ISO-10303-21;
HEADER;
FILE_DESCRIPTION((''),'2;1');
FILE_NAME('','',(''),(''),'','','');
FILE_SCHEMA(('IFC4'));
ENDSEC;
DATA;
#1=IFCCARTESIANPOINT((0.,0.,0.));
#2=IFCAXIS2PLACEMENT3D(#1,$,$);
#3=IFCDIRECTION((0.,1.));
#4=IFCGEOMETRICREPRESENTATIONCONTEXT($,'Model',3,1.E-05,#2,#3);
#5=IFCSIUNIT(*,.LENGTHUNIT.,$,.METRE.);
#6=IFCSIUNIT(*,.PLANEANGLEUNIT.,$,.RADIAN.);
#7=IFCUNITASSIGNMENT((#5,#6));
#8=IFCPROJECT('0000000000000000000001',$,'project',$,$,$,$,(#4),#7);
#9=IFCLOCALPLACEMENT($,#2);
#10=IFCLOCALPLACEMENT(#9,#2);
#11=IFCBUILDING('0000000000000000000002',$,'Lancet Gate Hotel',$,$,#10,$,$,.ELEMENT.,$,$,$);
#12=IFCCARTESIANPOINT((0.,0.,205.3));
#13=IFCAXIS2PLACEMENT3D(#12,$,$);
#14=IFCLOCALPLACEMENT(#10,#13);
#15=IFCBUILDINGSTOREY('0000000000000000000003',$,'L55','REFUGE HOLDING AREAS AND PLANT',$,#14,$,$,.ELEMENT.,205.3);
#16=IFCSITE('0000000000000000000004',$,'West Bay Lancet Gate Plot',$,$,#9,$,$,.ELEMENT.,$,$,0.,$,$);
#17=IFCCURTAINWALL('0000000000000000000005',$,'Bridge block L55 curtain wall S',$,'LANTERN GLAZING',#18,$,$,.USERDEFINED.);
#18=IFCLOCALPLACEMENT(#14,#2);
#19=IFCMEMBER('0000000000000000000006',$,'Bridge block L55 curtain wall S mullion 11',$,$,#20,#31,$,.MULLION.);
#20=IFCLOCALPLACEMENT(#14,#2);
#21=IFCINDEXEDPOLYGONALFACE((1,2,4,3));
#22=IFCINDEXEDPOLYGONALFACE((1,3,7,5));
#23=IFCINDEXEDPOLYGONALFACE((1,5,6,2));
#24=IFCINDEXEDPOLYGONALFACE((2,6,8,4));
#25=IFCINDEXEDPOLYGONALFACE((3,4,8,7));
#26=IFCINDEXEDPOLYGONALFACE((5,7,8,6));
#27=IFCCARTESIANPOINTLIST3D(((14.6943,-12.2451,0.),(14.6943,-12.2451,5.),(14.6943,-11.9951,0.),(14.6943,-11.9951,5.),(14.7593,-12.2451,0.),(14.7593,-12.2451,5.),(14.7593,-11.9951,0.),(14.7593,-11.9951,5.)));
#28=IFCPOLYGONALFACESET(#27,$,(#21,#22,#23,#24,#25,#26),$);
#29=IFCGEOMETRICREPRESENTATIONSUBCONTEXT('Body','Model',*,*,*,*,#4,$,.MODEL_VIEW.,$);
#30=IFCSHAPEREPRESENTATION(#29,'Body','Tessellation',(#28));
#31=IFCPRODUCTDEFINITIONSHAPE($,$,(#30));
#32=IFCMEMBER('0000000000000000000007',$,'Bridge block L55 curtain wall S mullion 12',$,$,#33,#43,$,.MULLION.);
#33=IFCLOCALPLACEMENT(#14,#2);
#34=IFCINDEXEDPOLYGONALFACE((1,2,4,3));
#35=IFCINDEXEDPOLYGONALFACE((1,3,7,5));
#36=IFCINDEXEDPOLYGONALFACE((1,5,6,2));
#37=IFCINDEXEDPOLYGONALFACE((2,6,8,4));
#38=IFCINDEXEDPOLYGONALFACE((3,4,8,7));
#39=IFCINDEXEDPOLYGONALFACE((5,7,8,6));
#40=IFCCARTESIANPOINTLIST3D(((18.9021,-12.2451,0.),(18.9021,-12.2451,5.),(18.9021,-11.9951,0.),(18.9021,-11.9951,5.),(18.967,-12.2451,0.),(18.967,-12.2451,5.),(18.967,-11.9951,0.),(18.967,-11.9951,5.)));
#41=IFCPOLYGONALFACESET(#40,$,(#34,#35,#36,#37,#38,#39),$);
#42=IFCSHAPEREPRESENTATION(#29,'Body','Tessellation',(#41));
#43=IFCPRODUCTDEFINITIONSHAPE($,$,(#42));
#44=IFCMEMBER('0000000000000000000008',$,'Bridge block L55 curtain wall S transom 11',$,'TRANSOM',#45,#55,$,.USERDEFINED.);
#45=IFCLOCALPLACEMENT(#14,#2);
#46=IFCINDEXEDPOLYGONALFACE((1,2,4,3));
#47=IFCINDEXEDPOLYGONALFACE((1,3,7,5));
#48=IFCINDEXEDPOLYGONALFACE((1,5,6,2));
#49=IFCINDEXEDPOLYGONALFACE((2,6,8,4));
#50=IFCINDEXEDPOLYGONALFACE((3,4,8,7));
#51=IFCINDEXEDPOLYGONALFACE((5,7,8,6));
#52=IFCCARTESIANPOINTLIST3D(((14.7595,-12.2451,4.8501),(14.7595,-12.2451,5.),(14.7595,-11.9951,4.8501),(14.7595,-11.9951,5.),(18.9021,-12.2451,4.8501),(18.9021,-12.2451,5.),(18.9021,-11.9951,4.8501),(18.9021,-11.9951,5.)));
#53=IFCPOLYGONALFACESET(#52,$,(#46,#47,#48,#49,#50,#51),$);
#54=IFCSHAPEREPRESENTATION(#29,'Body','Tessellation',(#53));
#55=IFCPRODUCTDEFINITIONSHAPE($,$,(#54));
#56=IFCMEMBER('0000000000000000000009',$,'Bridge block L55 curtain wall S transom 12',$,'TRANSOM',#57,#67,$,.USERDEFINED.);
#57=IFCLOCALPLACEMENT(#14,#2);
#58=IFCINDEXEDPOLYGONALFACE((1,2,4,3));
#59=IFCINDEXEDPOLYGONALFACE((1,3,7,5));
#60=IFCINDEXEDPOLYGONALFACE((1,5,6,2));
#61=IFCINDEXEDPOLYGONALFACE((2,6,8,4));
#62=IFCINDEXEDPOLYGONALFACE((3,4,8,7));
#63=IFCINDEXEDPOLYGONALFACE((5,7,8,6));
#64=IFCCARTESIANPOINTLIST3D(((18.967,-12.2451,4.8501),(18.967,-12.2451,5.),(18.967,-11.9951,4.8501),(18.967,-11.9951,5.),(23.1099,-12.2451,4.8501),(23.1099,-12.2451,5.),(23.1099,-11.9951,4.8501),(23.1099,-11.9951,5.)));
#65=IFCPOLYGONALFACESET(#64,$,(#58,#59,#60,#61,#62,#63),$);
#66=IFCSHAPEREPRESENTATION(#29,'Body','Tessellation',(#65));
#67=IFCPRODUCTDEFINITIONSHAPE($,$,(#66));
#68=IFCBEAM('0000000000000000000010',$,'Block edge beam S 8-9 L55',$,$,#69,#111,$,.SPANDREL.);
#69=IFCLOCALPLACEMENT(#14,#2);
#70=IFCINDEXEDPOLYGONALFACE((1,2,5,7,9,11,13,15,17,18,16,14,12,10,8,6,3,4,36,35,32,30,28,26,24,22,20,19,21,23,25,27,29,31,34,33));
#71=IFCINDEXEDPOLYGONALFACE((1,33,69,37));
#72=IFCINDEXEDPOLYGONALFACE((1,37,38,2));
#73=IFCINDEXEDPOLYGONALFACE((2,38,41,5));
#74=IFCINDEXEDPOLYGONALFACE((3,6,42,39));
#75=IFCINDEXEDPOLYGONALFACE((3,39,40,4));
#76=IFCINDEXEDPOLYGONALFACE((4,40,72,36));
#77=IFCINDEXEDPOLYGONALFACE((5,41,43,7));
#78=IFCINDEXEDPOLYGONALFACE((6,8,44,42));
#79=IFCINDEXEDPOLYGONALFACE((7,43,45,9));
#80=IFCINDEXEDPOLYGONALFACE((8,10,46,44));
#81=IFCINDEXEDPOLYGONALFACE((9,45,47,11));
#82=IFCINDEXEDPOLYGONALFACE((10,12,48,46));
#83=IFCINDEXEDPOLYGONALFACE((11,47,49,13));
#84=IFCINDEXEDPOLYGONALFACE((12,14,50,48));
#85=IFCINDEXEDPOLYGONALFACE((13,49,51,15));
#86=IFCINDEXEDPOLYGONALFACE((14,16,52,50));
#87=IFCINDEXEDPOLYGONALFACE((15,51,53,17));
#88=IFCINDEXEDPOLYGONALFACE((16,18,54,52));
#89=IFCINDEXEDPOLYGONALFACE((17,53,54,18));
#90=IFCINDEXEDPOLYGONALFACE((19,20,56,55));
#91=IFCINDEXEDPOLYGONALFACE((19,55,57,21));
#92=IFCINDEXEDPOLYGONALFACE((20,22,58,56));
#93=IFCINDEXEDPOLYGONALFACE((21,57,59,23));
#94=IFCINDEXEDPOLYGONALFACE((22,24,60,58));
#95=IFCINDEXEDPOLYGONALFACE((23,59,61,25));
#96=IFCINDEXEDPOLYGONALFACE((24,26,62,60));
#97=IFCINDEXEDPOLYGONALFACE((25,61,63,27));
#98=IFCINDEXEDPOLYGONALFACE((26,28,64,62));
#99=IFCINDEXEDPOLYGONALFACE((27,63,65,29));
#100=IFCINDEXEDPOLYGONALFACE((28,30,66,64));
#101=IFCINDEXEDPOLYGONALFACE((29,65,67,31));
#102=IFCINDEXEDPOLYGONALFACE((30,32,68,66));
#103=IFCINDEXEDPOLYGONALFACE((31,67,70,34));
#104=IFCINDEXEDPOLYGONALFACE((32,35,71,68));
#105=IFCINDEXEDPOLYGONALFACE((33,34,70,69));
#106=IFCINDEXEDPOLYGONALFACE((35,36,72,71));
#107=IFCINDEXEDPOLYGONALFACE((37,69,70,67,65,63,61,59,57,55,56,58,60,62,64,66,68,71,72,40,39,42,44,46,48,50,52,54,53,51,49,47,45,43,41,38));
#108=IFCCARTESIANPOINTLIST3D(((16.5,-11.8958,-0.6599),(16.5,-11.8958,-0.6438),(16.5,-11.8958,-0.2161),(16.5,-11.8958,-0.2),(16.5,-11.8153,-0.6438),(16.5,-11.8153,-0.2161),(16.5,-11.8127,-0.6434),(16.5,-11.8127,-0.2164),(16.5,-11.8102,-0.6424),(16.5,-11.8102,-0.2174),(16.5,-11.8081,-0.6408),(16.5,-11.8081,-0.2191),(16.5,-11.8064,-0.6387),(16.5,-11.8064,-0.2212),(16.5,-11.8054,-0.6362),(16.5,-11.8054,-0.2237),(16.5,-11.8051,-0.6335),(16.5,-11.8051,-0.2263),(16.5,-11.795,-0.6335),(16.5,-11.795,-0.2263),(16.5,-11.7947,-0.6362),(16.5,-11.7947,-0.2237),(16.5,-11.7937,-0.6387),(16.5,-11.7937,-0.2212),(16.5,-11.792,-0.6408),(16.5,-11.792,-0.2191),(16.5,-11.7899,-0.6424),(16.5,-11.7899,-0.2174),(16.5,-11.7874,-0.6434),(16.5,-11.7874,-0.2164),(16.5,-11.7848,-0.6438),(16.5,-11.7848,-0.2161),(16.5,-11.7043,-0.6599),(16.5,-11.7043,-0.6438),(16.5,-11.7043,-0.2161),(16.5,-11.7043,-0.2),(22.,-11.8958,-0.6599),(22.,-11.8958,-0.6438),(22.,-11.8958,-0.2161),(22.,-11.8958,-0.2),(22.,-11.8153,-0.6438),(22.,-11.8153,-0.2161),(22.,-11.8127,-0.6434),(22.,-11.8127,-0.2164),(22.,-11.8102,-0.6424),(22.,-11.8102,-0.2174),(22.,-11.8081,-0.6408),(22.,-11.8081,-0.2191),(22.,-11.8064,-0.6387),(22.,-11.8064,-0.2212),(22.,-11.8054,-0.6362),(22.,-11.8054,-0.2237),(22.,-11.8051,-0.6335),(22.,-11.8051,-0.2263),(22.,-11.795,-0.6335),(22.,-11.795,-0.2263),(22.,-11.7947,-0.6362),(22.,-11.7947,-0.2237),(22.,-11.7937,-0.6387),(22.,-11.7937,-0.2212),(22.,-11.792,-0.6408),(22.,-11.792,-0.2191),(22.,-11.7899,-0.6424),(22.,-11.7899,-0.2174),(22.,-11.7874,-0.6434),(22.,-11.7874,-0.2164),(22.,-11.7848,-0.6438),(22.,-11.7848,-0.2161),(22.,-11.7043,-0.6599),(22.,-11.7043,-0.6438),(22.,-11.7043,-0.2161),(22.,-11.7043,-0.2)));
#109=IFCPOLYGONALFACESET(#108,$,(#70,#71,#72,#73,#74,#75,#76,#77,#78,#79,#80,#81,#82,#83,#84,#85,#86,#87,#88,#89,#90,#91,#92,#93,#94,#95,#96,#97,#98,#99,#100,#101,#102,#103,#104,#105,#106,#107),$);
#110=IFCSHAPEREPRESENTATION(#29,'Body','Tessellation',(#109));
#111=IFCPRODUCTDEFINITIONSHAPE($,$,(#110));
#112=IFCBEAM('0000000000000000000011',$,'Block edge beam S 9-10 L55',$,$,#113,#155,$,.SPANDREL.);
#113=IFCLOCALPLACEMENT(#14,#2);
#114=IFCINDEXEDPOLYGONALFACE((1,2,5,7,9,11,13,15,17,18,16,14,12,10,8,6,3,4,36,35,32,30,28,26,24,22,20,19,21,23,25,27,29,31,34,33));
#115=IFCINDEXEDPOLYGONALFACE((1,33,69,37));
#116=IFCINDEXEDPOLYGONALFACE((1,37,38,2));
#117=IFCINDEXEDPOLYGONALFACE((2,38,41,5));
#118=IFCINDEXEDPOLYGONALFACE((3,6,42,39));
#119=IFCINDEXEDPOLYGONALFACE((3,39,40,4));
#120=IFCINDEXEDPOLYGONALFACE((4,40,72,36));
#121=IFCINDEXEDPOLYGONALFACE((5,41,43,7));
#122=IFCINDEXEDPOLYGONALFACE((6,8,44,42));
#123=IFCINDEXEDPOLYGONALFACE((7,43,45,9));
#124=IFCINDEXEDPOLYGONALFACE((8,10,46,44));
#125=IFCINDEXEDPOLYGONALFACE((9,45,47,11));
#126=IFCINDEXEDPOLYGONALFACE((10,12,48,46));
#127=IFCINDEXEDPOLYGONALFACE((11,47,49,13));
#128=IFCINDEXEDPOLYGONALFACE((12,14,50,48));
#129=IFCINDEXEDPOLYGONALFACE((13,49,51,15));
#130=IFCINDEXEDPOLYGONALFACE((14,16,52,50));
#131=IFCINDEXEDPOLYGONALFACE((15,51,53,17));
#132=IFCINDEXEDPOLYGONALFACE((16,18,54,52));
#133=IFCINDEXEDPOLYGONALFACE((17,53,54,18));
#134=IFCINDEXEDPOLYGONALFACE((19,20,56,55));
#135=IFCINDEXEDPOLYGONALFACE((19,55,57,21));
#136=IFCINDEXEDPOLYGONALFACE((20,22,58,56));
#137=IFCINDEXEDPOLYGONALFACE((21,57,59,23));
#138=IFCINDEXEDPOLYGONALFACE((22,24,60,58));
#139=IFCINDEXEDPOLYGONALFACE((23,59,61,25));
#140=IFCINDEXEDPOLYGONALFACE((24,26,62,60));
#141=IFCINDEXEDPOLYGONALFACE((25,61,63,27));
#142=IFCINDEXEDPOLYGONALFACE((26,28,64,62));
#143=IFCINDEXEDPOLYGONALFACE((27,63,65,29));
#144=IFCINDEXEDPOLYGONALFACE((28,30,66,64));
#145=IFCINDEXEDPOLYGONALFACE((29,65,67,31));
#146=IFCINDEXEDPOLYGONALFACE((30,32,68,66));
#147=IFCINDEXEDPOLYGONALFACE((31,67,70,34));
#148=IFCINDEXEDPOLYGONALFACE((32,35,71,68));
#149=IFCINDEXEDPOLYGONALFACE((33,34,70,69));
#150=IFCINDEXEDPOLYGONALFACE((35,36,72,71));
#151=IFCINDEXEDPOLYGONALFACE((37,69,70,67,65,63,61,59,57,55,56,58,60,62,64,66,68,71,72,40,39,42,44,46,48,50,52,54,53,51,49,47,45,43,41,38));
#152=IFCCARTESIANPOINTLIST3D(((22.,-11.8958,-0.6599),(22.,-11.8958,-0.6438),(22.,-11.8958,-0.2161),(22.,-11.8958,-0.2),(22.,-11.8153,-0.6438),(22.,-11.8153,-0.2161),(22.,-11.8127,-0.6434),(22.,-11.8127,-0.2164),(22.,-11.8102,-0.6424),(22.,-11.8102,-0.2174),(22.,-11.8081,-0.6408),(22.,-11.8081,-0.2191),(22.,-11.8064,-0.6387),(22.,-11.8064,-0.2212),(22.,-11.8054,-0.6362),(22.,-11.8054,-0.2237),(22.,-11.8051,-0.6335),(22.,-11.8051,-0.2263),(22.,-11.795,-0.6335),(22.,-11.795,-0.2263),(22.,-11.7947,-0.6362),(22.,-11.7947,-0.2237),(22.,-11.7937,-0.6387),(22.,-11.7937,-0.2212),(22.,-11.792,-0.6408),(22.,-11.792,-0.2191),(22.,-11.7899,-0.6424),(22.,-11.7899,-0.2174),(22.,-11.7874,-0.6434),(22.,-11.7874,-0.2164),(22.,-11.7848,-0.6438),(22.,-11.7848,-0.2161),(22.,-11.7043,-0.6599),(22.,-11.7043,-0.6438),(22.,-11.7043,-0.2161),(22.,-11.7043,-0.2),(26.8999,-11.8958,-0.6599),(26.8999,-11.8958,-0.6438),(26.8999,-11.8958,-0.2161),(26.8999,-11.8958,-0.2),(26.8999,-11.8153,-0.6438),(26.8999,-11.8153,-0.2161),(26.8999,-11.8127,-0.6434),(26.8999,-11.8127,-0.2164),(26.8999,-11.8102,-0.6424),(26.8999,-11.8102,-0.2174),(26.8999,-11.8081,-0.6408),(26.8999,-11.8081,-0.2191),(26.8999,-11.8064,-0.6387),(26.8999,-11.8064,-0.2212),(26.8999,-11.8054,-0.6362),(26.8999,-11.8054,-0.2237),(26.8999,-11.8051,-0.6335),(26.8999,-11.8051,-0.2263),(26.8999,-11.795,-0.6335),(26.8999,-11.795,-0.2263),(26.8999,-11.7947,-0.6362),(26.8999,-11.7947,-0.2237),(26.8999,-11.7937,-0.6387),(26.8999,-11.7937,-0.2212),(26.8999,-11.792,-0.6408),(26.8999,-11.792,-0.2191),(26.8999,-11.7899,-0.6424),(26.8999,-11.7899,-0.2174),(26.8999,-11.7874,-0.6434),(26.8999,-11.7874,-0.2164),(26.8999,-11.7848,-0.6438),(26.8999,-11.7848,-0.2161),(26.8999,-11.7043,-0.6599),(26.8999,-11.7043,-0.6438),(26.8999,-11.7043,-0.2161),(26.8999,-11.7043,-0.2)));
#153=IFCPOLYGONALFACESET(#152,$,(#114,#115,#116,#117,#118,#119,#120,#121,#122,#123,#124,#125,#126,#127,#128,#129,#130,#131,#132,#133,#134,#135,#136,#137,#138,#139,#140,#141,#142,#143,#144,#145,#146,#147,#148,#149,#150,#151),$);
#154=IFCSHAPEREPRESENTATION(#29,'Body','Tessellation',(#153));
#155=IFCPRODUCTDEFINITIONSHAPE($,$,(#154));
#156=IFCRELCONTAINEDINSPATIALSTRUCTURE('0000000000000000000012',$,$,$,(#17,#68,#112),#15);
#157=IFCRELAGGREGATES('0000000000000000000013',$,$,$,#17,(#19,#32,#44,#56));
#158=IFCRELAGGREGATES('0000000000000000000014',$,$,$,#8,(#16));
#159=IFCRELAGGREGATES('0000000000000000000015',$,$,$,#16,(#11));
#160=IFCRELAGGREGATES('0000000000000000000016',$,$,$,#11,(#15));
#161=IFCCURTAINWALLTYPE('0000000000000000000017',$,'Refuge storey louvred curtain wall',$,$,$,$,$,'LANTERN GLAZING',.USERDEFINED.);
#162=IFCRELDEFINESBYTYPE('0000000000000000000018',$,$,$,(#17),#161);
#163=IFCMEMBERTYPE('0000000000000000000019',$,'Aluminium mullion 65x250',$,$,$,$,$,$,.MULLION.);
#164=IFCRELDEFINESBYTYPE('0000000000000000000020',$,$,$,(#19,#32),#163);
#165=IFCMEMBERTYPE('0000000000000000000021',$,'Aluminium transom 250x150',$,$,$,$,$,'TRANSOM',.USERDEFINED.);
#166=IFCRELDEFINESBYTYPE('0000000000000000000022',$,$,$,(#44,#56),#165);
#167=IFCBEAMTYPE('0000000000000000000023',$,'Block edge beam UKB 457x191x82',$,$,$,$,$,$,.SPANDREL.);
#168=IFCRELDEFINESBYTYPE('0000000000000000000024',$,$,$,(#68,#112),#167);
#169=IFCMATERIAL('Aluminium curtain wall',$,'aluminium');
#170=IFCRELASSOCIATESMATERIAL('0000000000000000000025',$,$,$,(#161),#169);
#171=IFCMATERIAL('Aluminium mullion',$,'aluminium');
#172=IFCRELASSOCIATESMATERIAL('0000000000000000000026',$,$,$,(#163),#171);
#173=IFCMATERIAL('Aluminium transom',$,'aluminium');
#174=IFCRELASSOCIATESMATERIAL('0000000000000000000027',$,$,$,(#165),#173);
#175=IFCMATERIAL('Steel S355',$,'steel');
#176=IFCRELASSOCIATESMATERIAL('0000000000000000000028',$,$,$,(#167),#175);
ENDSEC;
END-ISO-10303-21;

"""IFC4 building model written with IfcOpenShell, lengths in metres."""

from ifc_helpers import new_model, si_unit, direction, frame, origin, origin_2d, place, context, subcontext, project, spatial, rectangle, i_section, extrude, material, material_profile, profile_set, type_object, element, aggregate, save


model = new_model("IFC4")

# Units and contexts
model_context = context("Model", 3, precision=1e-05, world=origin(), true_north=direction((0.0, 1.0)))
body_context = subcontext(model_context, "Body", "Model", "MODEL_VIEW")
ifc_project = project(units=[si_unit("LENGTHUNIT", "METRE"), si_unit("PLANEANGLEUNIT", "RADIAN")], contexts=[model_context])

# Site, building, storey
site_placement = place(None, origin())
site = spatial("IfcSite", under=ifc_project, at=site_placement, Name="West Bay Lancet Gate Plot", CompositionType="ELEMENT", RefElevation=0.0)
building_placement = place(site_placement, origin())
building = spatial("IfcBuilding", under=site, at=building_placement, Name="Lancet Gate Hotel", CompositionType="ELEMENT")
storey_placement = place(building_placement, frame((0.0, 0.0, 205.3)))
storey = spatial("IfcBuildingStorey", under=building, at=storey_placement, Name="L55", Description="REFUGE HOLDING AREAS AND PLANT", CompositionType="ELEMENT", Elevation=205.3)

# Curtain wall, members
ifc_material_1 = material(Name="Aluminium curtain wall", Category="aluminium")
curtain_wall_type = type_object("IfcCurtainWallType", Name="Refuge storey louvred curtain wall", ElementType="LANTERN GLAZING", PredefinedType="USERDEFINED", material=ifc_material_1)
curtain_wall_placement = place(storey_placement, origin())
curtain_wall = element("IfcCurtainWall", 1, at=curtain_wall_placement, inside=storey, type_object=curtain_wall_type, Name="Bridge block L55 curtain wall S", ObjectType="LANTERN GLAZING", PredefinedType="USERDEFINED")
ifc_material_2 = material(Name="Aluminium mullion", Category="aluminium")
ifc_material_profile_1 = material_profile(ifc_material_2, rectangle(XDim=0.0649, YDim=0.25, at=origin_2d()), Name="MULLION 65x250")
ifc_profile_set_1 = profile_set([ifc_material_profile_1], Name="Aluminium mullion")
member_type_1 = type_object("IfcMemberType", Name="Aluminium mullion 65x250", PredefinedType="MULLION", material=ifc_profile_set_1)
member_1_placement = place(storey_placement, frame((14.7268, -12.1201, 0.0), z_axis=(0.0, 0.0, 1.0), x_axis=(1.0, 0.0, 0.0)))
member_1 = element("IfcMember", 2, at=member_1_placement, type_object=member_type_1, Name="Bridge block L55 curtain wall S mullion 11", PredefinedType="MULLION", context=body_context, shape_type="SweptSolid", body=[
    extrude(rectangle(XDim=0.0649, YDim=0.25, at=origin_2d()), origin(), (0.0, 0.0, 1.0), 5.0),
])
member_2_placement = place(storey_placement, frame((18.9346, -12.1201, 0.0), z_axis=(0.0, 0.0, 1.0), x_axis=(1.0, 0.0, 0.0)))
member_2 = element("IfcMember", 3, at=member_2_placement, type_object=member_type_1, Name="Bridge block L55 curtain wall S mullion 12", PredefinedType="MULLION", context=body_context, shape_type="SweptSolid", body=[
    extrude(rectangle(XDim=0.0649, YDim=0.25, at=origin_2d()), origin(), (0.0, 0.0, 1.0), 5.0),
])
ifc_material_3 = material(Name="Aluminium transom", Category="aluminium")
ifc_material_profile_2 = material_profile(ifc_material_3, rectangle(XDim=0.25, YDim=0.1499, at=origin_2d()), Name="TRANSOM 250x150")
ifc_profile_set_2 = profile_set([ifc_material_profile_2], Name="Aluminium transom")
member_type_2 = type_object("IfcMemberType", Name="Aluminium transom 250x150", ElementType="TRANSOM", PredefinedType="USERDEFINED", material=ifc_profile_set_2)
member_3_placement = place(storey_placement, frame((14.7595, -12.1201, 4.925), z_axis=(1.0, 0.0, 0.0), x_axis=(0.0, 1.0, 0.0)))
member_3 = element("IfcMember", 4, at=member_3_placement, type_object=member_type_2, Name="Bridge block L55 curtain wall S transom 11", ObjectType="TRANSOM", PredefinedType="USERDEFINED", context=body_context, shape_type="SweptSolid", body=[
    extrude(rectangle(XDim=0.25, YDim=0.1499, at=origin_2d()), origin(), (0.0, 0.0, 1.0), 4.1426),
])
member_4_placement = place(storey_placement, frame((18.967, -12.1201, 4.925), z_axis=(1.0, 0.0, 0.0), x_axis=(0.0, 1.0, 0.0)))
member_4 = element("IfcMember", 5, at=member_4_placement, type_object=member_type_2, Name="Bridge block L55 curtain wall S transom 12", ObjectType="TRANSOM", PredefinedType="USERDEFINED", context=body_context, shape_type="SweptSolid", body=[
    extrude(rectangle(XDim=0.25, YDim=0.1499, at=origin_2d()), origin(), (0.0, 0.0, 1.0), 4.1428),
])

# Beams
ifc_material_4 = material(Name="Steel S355", Category="steel")
ifc_material_profile_3 = material_profile(ifc_material_4, i_section(OverallWidth=0.1914, OverallDepth=0.46, WebThickness=0.01, FlangeThickness=0.0161, FilletRadius=0.0103, at=origin_2d()), Name="UKB 457x191x82")
ifc_profile_set_3 = profile_set([ifc_material_profile_3], Name="Steel S355")
beam_type_1 = type_object("IfcBeamType", Name="Block edge beam UKB 457x191x82", PredefinedType="SPANDREL", material=ifc_profile_set_3)
beam_1_placement = place(storey_placement, frame((16.5, -11.8, -0.4299), z_axis=(1.0, 0.0, 0.0), x_axis=(0.0, 1.0, 0.0)))
element("IfcBeam", 6, at=beam_1_placement, inside=storey, type_object=beam_type_1, Name="Block edge beam S 8-9 L55", PredefinedType="SPANDREL", context=body_context, shape_type="SweptSolid", body=[
    extrude(i_section(OverallWidth=0.1914, OverallDepth=0.46, WebThickness=0.01, FlangeThickness=0.0161, FilletRadius=0.0103, at=origin_2d()), origin(), (0.0, 0.0, 1.0), 5.5),
])
beam_2_placement = place(storey_placement, frame((22.0, -11.8, -0.4299), z_axis=(1.0, 0.0, 0.0), x_axis=(0.0, 1.0, 0.0)))
element("IfcBeam", 7, at=beam_2_placement, inside=storey, type_object=beam_type_1, Name="Block edge beam S 9-10 L55", PredefinedType="SPANDREL", context=body_context, shape_type="SweptSolid", body=[
    extrude(i_section(OverallWidth=0.1914, OverallDepth=0.46, WebThickness=0.01, FlangeThickness=0.0161, FilletRadius=0.0103, at=origin_2d()), origin(), (0.0, 0.0, 1.0), 4.8999),
])

aggregate(curtain_wall, [member_1, member_2, member_3, member_4])

save(model, "model.ifc")
